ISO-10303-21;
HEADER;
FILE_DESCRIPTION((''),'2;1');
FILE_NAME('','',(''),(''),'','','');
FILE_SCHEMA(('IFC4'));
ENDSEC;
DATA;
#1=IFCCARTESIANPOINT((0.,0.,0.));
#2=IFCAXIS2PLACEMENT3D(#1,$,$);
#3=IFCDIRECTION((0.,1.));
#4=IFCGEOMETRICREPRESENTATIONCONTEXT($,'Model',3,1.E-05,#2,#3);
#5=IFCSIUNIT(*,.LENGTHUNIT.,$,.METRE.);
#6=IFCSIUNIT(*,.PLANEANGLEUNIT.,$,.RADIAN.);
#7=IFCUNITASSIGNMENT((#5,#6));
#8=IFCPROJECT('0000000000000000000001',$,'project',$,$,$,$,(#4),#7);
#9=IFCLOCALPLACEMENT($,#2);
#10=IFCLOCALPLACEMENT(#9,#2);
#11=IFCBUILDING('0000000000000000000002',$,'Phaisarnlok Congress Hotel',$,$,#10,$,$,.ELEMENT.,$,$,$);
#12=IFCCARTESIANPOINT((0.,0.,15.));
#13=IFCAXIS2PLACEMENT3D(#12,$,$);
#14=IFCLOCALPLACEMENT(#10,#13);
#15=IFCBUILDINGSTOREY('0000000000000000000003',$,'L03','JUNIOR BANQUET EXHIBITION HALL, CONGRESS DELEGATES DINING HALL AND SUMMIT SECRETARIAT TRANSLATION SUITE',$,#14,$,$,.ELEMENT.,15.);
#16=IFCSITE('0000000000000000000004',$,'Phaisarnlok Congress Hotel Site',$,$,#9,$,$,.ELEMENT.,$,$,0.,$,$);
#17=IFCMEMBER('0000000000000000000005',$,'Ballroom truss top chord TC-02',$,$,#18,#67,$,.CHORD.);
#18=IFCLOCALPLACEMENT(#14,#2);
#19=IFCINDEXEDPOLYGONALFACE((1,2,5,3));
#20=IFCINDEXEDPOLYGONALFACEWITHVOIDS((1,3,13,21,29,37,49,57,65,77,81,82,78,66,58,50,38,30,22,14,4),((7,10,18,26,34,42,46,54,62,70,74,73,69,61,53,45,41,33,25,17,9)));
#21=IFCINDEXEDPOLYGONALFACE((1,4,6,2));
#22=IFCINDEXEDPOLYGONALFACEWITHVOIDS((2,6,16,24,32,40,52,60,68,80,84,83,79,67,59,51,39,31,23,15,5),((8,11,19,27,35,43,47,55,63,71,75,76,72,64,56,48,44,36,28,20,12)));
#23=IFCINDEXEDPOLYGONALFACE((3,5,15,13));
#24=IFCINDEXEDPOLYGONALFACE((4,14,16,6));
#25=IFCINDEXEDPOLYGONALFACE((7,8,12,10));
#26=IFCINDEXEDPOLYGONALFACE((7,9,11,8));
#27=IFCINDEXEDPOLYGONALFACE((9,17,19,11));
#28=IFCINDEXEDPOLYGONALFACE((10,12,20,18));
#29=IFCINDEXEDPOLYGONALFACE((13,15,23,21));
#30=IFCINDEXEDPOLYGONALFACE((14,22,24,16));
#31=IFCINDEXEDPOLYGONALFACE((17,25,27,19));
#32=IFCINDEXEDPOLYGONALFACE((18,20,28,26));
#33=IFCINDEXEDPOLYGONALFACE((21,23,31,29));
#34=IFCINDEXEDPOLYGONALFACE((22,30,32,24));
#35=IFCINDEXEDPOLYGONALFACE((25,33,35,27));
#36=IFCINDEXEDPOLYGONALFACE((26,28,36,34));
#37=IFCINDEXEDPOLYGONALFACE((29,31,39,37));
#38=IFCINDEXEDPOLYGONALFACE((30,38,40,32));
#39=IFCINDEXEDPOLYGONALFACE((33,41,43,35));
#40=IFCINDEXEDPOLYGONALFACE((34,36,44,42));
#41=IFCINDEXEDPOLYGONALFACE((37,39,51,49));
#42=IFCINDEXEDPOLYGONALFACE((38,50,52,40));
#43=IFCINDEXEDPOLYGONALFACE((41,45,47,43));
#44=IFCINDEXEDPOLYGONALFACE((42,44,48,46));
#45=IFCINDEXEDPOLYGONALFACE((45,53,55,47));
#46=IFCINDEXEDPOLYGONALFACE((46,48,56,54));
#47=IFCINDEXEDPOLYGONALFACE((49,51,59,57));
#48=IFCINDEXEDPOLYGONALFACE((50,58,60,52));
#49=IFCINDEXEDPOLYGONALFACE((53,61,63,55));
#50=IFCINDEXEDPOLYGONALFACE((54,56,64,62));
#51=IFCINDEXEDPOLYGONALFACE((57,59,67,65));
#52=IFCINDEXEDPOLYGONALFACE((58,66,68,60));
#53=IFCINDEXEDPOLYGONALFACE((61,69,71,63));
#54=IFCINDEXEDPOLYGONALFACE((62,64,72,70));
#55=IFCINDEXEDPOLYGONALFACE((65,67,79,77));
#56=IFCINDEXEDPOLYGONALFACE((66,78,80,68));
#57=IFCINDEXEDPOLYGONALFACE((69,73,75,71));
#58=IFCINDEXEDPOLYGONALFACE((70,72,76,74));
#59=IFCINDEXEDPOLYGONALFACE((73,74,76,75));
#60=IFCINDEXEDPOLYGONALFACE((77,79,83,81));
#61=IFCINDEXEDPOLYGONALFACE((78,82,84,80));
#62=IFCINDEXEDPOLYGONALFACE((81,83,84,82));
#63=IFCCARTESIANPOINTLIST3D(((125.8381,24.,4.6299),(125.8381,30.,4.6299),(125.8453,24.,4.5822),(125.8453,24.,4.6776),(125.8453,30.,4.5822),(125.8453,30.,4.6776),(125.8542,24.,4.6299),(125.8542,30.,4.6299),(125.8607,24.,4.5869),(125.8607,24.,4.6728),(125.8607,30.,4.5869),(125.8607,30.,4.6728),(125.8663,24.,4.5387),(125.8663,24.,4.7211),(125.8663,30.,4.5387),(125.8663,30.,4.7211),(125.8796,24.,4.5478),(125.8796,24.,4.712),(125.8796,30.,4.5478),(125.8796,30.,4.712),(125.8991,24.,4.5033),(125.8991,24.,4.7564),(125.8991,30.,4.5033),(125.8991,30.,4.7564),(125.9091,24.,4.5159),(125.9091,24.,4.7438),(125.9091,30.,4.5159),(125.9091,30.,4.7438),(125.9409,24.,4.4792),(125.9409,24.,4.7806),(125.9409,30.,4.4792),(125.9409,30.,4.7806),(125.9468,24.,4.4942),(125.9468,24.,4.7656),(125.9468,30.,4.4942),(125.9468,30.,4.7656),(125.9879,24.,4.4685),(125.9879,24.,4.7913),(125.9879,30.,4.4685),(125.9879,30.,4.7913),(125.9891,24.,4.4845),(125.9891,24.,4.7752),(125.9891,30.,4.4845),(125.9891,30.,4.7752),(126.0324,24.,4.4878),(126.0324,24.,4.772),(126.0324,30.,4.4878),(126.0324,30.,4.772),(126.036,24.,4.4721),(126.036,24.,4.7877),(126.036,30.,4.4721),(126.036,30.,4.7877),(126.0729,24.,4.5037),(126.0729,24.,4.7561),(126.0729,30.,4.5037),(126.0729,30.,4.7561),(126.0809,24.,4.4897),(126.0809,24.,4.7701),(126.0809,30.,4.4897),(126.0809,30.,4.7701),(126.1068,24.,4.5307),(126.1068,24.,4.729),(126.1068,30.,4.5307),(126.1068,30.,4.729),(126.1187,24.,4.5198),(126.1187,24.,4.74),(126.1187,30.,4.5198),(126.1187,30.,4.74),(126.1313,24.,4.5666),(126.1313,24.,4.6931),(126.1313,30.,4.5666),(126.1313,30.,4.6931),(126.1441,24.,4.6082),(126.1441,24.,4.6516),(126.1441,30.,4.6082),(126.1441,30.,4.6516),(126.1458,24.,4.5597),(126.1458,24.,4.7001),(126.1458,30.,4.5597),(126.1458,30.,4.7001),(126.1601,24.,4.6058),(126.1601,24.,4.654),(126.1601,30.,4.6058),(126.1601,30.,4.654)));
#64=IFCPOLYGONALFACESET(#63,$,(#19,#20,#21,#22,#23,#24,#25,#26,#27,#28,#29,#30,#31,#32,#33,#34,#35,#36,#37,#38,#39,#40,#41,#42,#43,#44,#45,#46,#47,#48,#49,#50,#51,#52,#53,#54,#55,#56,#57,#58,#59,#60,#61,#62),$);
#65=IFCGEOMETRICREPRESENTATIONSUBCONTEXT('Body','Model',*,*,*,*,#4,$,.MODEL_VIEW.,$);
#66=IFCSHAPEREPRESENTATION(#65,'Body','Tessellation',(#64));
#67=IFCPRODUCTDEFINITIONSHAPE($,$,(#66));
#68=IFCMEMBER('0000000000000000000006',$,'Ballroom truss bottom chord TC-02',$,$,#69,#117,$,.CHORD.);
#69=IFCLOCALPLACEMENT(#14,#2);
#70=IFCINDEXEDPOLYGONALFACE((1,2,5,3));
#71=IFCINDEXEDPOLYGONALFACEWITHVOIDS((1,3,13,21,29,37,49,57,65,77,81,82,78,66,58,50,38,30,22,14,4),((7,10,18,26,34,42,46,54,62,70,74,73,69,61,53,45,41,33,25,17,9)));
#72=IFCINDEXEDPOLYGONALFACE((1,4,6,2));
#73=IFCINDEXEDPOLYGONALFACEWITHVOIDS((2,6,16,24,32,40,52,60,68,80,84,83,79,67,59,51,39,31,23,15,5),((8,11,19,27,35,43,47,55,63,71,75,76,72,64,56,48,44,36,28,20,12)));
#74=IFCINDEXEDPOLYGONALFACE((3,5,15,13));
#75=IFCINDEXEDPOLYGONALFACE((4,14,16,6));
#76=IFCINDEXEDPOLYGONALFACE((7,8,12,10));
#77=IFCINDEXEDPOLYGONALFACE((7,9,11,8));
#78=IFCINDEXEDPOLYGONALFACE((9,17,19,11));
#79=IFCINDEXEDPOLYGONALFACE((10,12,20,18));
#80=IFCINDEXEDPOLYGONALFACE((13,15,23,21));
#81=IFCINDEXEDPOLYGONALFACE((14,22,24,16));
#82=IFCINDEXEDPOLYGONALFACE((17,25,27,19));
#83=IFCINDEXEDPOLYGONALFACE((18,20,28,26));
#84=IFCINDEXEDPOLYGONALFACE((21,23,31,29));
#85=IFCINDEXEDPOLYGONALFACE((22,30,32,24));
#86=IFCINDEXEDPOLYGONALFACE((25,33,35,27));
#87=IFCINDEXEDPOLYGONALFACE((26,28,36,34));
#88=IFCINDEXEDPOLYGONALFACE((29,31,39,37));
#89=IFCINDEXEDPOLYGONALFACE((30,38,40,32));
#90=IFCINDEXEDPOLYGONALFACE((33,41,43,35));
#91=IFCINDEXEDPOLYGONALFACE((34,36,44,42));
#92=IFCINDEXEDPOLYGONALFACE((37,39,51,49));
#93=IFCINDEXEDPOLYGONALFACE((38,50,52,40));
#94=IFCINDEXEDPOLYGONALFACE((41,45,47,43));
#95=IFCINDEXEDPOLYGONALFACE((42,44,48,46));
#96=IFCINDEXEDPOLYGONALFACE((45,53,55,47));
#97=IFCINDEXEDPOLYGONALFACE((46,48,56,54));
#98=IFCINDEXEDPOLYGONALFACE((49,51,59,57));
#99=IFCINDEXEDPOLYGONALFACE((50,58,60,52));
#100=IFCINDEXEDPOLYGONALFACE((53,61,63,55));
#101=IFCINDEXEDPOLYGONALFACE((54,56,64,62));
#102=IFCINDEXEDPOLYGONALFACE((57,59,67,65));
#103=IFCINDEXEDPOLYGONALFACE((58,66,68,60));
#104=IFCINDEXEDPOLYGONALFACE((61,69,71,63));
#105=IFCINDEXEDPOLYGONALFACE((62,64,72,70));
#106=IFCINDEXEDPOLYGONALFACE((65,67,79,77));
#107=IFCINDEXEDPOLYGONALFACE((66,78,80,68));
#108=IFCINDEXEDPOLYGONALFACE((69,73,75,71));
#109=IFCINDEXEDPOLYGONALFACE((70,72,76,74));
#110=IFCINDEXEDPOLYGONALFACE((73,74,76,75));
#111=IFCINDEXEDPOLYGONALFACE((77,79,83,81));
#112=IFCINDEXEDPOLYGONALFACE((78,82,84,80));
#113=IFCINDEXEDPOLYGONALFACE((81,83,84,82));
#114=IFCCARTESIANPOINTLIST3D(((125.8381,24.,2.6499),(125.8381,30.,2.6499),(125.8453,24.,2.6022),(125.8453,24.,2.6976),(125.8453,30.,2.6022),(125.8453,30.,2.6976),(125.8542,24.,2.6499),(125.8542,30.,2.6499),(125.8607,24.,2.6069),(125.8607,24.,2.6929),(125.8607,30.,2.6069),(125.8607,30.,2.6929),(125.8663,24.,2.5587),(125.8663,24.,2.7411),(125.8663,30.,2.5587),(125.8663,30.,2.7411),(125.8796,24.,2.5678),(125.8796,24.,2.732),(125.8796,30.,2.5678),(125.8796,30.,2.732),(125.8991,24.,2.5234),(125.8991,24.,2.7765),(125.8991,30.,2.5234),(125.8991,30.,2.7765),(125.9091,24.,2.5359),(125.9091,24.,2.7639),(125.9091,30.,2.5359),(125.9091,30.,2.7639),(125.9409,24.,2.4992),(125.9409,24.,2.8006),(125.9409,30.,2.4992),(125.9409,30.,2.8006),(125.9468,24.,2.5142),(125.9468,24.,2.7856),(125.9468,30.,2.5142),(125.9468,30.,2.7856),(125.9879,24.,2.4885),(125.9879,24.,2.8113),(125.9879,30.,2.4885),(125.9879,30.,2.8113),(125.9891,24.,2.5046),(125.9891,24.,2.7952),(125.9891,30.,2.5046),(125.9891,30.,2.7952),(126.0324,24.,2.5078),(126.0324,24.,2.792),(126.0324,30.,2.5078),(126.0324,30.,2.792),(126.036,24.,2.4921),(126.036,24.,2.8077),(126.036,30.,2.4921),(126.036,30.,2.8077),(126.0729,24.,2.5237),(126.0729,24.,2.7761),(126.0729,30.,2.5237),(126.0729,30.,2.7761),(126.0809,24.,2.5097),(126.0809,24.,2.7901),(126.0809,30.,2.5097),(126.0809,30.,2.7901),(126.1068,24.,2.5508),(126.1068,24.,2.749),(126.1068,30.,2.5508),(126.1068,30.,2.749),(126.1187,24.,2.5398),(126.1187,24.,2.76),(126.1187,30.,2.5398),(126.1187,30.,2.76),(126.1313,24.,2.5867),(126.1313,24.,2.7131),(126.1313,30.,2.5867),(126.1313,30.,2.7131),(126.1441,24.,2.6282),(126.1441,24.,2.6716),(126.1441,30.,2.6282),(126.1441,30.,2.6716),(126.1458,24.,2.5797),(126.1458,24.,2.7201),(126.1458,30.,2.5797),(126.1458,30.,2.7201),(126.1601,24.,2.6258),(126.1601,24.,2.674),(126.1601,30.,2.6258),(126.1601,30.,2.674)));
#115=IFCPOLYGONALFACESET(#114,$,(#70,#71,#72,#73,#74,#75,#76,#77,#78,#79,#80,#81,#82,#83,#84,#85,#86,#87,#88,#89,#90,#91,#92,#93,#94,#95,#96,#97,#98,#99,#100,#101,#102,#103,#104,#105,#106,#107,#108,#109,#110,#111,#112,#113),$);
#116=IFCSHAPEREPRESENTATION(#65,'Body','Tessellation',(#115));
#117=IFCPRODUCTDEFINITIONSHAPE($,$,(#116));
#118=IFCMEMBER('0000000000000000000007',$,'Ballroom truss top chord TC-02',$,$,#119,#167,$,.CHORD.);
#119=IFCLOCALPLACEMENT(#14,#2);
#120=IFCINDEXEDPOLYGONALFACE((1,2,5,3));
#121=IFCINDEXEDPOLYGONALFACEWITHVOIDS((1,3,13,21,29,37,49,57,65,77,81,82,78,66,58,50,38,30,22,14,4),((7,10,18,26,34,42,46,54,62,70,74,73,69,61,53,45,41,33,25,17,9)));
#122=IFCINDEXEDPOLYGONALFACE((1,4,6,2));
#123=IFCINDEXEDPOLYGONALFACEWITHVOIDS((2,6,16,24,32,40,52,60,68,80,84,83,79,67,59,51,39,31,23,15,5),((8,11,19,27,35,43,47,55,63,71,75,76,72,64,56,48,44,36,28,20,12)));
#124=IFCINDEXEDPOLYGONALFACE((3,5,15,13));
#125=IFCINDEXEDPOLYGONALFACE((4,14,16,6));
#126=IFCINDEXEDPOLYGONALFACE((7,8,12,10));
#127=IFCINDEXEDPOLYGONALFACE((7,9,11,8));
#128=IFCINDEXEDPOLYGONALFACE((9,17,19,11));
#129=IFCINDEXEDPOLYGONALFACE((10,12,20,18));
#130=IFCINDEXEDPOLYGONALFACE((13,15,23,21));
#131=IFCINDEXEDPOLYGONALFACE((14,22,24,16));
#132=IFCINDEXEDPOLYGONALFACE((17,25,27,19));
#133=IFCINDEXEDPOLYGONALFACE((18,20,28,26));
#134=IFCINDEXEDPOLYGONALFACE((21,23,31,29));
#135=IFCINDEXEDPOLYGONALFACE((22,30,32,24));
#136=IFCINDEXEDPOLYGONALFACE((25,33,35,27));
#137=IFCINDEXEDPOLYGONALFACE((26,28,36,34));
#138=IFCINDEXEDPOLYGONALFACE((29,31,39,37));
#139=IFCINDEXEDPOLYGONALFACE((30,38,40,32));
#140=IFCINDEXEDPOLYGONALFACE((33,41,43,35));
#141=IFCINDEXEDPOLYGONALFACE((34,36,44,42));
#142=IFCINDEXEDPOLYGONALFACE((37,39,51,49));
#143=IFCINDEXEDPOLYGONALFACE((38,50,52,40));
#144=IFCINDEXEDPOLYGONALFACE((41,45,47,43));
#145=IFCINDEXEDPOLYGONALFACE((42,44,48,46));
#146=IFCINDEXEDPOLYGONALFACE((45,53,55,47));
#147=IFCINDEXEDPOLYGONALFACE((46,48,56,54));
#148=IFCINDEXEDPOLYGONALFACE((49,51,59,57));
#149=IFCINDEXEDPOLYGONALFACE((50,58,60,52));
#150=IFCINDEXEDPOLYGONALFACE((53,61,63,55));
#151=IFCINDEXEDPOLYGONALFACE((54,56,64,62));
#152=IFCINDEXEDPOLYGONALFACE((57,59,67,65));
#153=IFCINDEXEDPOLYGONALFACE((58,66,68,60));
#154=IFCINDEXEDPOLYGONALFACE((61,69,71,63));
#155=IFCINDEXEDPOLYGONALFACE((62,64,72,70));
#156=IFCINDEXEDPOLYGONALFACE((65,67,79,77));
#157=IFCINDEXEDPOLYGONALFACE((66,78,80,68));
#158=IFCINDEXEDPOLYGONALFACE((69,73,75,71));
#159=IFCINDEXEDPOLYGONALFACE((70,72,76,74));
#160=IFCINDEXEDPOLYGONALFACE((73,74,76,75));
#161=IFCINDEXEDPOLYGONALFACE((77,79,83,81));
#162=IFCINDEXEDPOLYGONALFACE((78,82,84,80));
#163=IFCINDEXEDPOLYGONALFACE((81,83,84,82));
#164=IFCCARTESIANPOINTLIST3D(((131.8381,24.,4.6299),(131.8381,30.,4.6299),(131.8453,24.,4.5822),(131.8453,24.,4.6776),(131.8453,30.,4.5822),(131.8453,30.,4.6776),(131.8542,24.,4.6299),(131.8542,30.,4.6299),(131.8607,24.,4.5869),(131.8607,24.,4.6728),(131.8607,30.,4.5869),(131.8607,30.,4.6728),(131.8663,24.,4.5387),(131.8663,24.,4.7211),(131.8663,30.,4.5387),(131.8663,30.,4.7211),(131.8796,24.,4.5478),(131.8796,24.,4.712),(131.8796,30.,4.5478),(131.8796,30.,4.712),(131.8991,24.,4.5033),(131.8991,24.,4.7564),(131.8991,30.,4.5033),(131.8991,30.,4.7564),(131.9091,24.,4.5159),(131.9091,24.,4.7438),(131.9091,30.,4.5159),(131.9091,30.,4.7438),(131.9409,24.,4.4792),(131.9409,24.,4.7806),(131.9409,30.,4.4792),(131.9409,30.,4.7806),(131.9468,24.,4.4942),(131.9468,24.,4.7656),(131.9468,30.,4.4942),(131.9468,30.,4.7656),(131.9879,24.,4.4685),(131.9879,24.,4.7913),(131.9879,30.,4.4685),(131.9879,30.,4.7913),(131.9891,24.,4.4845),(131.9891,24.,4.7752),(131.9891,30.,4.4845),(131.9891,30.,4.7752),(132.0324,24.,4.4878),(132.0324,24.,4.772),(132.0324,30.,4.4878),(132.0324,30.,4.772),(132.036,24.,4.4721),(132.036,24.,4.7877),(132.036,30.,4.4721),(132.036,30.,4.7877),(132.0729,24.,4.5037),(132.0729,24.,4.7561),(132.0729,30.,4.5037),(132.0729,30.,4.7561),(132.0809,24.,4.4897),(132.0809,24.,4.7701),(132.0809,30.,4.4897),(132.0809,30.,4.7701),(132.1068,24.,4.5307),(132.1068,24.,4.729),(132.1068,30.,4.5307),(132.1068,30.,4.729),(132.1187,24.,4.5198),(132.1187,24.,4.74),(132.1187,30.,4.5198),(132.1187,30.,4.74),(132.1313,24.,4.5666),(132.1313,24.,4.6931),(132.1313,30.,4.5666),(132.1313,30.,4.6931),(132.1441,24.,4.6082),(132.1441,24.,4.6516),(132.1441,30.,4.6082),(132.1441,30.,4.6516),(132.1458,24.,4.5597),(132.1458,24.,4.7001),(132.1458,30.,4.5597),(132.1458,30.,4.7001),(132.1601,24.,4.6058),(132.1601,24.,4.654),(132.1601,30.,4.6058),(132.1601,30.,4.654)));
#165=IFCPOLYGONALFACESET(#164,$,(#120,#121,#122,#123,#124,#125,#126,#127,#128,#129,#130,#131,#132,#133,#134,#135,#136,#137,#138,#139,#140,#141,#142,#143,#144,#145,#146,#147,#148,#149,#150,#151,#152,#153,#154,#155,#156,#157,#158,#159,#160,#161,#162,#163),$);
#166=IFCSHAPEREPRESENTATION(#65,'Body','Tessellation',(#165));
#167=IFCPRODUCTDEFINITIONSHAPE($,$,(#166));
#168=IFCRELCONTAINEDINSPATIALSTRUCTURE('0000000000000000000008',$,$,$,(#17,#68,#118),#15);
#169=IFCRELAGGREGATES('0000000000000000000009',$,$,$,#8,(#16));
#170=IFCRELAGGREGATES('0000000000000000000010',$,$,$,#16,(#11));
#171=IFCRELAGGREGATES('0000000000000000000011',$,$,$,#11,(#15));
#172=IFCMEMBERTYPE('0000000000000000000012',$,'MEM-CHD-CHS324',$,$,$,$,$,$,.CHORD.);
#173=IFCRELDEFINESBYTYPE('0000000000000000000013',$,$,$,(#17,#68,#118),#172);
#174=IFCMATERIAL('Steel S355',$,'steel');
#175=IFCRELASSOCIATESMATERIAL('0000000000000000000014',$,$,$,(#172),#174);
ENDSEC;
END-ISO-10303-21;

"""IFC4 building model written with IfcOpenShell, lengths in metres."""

from ifc_helpers import new_model, si_unit, direction, frame, origin, origin_2d, place, context, subcontext, project, spatial, hollow_circle, extrude, material, material_profile, profile_set, type_object, element, save


model = new_model("IFC4")

# Units and contexts
model_context = context("Model", 3, precision=1e-05, world=origin(), true_north=direction((0.0, 1.0)))
body_context = subcontext(model_context, "Body", "Model", "MODEL_VIEW")
ifc_project = project(units=[si_unit("LENGTHUNIT", "METRE"), si_unit("PLANEANGLEUNIT", "RADIAN")], contexts=[model_context])

# Site, building, storey
site_placement = place(None, origin())
site = spatial("IfcSite", under=ifc_project, at=site_placement, Name="Phaisarnlok Congress Hotel Site", CompositionType="ELEMENT", RefElevation=0.0)
building_placement = place(site_placement, origin())
building = spatial("IfcBuilding", under=site, at=building_placement, Name="Phaisarnlok Congress Hotel", CompositionType="ELEMENT")
storey_placement = place(building_placement, frame((0.0, 0.0, 15.0)))
storey = spatial("IfcBuildingStorey", under=building, at=storey_placement, Name="L03", Description="JUNIOR BANQUET EXHIBITION HALL, CONGRESS DELEGATES DINING HALL AND SUMMIT SECRETARIAT TRANSLATION SUITE", CompositionType="ELEMENT", Elevation=15.0)

# Members
ifc_material = material(Name="Steel S355", Category="steel")
ifc_material_profile_1 = material_profile(ifc_material, hollow_circle(Radius=0.1619, WallThickness=0.0161, at=origin_2d()), Name="CHS 323.9x16")
ifc_profile_set_1 = profile_set([ifc_material_profile_1], Name="Steel S355")
member_type_1 = type_object("IfcMemberType", Name="MEM-CHD-CHS324", PredefinedType="CHORD", material=ifc_profile_set_1)
for number, where, z_axis, x_axis, name in (
    (1, (126.0, 24.0, 4.6299), (0.0, 1.0, 0.0), (-1.0, 0.0, 0.0), "Ballroom truss top chord TC-02"),
    (2, (126.0, 24.0, 2.6499), (0.0, 1.0, 0.0), (-1.0, 0.0, 0.0), "Ballroom truss bottom chord TC-02"),
    (3, (132.0, 24.0, 4.6299), (0.0, 1.0, 0.0), (-1.0, 0.0, 0.0), "Ballroom truss top chord TC-02"),
):
    element("IfcMember", number, at=place(storey_placement, frame(where, z_axis=z_axis, x_axis=x_axis)), inside=storey, type_object=member_type_1, Name=name, PredefinedType="CHORD", context=body_context, shape_type="SweptSolid", body=[
        extrude(hollow_circle(Radius=0.1619, WallThickness=0.0161, at=origin_2d()), origin(), (0.0, 0.0, 1.0), 6.0),
    ])

save(model, "model.ifc")
